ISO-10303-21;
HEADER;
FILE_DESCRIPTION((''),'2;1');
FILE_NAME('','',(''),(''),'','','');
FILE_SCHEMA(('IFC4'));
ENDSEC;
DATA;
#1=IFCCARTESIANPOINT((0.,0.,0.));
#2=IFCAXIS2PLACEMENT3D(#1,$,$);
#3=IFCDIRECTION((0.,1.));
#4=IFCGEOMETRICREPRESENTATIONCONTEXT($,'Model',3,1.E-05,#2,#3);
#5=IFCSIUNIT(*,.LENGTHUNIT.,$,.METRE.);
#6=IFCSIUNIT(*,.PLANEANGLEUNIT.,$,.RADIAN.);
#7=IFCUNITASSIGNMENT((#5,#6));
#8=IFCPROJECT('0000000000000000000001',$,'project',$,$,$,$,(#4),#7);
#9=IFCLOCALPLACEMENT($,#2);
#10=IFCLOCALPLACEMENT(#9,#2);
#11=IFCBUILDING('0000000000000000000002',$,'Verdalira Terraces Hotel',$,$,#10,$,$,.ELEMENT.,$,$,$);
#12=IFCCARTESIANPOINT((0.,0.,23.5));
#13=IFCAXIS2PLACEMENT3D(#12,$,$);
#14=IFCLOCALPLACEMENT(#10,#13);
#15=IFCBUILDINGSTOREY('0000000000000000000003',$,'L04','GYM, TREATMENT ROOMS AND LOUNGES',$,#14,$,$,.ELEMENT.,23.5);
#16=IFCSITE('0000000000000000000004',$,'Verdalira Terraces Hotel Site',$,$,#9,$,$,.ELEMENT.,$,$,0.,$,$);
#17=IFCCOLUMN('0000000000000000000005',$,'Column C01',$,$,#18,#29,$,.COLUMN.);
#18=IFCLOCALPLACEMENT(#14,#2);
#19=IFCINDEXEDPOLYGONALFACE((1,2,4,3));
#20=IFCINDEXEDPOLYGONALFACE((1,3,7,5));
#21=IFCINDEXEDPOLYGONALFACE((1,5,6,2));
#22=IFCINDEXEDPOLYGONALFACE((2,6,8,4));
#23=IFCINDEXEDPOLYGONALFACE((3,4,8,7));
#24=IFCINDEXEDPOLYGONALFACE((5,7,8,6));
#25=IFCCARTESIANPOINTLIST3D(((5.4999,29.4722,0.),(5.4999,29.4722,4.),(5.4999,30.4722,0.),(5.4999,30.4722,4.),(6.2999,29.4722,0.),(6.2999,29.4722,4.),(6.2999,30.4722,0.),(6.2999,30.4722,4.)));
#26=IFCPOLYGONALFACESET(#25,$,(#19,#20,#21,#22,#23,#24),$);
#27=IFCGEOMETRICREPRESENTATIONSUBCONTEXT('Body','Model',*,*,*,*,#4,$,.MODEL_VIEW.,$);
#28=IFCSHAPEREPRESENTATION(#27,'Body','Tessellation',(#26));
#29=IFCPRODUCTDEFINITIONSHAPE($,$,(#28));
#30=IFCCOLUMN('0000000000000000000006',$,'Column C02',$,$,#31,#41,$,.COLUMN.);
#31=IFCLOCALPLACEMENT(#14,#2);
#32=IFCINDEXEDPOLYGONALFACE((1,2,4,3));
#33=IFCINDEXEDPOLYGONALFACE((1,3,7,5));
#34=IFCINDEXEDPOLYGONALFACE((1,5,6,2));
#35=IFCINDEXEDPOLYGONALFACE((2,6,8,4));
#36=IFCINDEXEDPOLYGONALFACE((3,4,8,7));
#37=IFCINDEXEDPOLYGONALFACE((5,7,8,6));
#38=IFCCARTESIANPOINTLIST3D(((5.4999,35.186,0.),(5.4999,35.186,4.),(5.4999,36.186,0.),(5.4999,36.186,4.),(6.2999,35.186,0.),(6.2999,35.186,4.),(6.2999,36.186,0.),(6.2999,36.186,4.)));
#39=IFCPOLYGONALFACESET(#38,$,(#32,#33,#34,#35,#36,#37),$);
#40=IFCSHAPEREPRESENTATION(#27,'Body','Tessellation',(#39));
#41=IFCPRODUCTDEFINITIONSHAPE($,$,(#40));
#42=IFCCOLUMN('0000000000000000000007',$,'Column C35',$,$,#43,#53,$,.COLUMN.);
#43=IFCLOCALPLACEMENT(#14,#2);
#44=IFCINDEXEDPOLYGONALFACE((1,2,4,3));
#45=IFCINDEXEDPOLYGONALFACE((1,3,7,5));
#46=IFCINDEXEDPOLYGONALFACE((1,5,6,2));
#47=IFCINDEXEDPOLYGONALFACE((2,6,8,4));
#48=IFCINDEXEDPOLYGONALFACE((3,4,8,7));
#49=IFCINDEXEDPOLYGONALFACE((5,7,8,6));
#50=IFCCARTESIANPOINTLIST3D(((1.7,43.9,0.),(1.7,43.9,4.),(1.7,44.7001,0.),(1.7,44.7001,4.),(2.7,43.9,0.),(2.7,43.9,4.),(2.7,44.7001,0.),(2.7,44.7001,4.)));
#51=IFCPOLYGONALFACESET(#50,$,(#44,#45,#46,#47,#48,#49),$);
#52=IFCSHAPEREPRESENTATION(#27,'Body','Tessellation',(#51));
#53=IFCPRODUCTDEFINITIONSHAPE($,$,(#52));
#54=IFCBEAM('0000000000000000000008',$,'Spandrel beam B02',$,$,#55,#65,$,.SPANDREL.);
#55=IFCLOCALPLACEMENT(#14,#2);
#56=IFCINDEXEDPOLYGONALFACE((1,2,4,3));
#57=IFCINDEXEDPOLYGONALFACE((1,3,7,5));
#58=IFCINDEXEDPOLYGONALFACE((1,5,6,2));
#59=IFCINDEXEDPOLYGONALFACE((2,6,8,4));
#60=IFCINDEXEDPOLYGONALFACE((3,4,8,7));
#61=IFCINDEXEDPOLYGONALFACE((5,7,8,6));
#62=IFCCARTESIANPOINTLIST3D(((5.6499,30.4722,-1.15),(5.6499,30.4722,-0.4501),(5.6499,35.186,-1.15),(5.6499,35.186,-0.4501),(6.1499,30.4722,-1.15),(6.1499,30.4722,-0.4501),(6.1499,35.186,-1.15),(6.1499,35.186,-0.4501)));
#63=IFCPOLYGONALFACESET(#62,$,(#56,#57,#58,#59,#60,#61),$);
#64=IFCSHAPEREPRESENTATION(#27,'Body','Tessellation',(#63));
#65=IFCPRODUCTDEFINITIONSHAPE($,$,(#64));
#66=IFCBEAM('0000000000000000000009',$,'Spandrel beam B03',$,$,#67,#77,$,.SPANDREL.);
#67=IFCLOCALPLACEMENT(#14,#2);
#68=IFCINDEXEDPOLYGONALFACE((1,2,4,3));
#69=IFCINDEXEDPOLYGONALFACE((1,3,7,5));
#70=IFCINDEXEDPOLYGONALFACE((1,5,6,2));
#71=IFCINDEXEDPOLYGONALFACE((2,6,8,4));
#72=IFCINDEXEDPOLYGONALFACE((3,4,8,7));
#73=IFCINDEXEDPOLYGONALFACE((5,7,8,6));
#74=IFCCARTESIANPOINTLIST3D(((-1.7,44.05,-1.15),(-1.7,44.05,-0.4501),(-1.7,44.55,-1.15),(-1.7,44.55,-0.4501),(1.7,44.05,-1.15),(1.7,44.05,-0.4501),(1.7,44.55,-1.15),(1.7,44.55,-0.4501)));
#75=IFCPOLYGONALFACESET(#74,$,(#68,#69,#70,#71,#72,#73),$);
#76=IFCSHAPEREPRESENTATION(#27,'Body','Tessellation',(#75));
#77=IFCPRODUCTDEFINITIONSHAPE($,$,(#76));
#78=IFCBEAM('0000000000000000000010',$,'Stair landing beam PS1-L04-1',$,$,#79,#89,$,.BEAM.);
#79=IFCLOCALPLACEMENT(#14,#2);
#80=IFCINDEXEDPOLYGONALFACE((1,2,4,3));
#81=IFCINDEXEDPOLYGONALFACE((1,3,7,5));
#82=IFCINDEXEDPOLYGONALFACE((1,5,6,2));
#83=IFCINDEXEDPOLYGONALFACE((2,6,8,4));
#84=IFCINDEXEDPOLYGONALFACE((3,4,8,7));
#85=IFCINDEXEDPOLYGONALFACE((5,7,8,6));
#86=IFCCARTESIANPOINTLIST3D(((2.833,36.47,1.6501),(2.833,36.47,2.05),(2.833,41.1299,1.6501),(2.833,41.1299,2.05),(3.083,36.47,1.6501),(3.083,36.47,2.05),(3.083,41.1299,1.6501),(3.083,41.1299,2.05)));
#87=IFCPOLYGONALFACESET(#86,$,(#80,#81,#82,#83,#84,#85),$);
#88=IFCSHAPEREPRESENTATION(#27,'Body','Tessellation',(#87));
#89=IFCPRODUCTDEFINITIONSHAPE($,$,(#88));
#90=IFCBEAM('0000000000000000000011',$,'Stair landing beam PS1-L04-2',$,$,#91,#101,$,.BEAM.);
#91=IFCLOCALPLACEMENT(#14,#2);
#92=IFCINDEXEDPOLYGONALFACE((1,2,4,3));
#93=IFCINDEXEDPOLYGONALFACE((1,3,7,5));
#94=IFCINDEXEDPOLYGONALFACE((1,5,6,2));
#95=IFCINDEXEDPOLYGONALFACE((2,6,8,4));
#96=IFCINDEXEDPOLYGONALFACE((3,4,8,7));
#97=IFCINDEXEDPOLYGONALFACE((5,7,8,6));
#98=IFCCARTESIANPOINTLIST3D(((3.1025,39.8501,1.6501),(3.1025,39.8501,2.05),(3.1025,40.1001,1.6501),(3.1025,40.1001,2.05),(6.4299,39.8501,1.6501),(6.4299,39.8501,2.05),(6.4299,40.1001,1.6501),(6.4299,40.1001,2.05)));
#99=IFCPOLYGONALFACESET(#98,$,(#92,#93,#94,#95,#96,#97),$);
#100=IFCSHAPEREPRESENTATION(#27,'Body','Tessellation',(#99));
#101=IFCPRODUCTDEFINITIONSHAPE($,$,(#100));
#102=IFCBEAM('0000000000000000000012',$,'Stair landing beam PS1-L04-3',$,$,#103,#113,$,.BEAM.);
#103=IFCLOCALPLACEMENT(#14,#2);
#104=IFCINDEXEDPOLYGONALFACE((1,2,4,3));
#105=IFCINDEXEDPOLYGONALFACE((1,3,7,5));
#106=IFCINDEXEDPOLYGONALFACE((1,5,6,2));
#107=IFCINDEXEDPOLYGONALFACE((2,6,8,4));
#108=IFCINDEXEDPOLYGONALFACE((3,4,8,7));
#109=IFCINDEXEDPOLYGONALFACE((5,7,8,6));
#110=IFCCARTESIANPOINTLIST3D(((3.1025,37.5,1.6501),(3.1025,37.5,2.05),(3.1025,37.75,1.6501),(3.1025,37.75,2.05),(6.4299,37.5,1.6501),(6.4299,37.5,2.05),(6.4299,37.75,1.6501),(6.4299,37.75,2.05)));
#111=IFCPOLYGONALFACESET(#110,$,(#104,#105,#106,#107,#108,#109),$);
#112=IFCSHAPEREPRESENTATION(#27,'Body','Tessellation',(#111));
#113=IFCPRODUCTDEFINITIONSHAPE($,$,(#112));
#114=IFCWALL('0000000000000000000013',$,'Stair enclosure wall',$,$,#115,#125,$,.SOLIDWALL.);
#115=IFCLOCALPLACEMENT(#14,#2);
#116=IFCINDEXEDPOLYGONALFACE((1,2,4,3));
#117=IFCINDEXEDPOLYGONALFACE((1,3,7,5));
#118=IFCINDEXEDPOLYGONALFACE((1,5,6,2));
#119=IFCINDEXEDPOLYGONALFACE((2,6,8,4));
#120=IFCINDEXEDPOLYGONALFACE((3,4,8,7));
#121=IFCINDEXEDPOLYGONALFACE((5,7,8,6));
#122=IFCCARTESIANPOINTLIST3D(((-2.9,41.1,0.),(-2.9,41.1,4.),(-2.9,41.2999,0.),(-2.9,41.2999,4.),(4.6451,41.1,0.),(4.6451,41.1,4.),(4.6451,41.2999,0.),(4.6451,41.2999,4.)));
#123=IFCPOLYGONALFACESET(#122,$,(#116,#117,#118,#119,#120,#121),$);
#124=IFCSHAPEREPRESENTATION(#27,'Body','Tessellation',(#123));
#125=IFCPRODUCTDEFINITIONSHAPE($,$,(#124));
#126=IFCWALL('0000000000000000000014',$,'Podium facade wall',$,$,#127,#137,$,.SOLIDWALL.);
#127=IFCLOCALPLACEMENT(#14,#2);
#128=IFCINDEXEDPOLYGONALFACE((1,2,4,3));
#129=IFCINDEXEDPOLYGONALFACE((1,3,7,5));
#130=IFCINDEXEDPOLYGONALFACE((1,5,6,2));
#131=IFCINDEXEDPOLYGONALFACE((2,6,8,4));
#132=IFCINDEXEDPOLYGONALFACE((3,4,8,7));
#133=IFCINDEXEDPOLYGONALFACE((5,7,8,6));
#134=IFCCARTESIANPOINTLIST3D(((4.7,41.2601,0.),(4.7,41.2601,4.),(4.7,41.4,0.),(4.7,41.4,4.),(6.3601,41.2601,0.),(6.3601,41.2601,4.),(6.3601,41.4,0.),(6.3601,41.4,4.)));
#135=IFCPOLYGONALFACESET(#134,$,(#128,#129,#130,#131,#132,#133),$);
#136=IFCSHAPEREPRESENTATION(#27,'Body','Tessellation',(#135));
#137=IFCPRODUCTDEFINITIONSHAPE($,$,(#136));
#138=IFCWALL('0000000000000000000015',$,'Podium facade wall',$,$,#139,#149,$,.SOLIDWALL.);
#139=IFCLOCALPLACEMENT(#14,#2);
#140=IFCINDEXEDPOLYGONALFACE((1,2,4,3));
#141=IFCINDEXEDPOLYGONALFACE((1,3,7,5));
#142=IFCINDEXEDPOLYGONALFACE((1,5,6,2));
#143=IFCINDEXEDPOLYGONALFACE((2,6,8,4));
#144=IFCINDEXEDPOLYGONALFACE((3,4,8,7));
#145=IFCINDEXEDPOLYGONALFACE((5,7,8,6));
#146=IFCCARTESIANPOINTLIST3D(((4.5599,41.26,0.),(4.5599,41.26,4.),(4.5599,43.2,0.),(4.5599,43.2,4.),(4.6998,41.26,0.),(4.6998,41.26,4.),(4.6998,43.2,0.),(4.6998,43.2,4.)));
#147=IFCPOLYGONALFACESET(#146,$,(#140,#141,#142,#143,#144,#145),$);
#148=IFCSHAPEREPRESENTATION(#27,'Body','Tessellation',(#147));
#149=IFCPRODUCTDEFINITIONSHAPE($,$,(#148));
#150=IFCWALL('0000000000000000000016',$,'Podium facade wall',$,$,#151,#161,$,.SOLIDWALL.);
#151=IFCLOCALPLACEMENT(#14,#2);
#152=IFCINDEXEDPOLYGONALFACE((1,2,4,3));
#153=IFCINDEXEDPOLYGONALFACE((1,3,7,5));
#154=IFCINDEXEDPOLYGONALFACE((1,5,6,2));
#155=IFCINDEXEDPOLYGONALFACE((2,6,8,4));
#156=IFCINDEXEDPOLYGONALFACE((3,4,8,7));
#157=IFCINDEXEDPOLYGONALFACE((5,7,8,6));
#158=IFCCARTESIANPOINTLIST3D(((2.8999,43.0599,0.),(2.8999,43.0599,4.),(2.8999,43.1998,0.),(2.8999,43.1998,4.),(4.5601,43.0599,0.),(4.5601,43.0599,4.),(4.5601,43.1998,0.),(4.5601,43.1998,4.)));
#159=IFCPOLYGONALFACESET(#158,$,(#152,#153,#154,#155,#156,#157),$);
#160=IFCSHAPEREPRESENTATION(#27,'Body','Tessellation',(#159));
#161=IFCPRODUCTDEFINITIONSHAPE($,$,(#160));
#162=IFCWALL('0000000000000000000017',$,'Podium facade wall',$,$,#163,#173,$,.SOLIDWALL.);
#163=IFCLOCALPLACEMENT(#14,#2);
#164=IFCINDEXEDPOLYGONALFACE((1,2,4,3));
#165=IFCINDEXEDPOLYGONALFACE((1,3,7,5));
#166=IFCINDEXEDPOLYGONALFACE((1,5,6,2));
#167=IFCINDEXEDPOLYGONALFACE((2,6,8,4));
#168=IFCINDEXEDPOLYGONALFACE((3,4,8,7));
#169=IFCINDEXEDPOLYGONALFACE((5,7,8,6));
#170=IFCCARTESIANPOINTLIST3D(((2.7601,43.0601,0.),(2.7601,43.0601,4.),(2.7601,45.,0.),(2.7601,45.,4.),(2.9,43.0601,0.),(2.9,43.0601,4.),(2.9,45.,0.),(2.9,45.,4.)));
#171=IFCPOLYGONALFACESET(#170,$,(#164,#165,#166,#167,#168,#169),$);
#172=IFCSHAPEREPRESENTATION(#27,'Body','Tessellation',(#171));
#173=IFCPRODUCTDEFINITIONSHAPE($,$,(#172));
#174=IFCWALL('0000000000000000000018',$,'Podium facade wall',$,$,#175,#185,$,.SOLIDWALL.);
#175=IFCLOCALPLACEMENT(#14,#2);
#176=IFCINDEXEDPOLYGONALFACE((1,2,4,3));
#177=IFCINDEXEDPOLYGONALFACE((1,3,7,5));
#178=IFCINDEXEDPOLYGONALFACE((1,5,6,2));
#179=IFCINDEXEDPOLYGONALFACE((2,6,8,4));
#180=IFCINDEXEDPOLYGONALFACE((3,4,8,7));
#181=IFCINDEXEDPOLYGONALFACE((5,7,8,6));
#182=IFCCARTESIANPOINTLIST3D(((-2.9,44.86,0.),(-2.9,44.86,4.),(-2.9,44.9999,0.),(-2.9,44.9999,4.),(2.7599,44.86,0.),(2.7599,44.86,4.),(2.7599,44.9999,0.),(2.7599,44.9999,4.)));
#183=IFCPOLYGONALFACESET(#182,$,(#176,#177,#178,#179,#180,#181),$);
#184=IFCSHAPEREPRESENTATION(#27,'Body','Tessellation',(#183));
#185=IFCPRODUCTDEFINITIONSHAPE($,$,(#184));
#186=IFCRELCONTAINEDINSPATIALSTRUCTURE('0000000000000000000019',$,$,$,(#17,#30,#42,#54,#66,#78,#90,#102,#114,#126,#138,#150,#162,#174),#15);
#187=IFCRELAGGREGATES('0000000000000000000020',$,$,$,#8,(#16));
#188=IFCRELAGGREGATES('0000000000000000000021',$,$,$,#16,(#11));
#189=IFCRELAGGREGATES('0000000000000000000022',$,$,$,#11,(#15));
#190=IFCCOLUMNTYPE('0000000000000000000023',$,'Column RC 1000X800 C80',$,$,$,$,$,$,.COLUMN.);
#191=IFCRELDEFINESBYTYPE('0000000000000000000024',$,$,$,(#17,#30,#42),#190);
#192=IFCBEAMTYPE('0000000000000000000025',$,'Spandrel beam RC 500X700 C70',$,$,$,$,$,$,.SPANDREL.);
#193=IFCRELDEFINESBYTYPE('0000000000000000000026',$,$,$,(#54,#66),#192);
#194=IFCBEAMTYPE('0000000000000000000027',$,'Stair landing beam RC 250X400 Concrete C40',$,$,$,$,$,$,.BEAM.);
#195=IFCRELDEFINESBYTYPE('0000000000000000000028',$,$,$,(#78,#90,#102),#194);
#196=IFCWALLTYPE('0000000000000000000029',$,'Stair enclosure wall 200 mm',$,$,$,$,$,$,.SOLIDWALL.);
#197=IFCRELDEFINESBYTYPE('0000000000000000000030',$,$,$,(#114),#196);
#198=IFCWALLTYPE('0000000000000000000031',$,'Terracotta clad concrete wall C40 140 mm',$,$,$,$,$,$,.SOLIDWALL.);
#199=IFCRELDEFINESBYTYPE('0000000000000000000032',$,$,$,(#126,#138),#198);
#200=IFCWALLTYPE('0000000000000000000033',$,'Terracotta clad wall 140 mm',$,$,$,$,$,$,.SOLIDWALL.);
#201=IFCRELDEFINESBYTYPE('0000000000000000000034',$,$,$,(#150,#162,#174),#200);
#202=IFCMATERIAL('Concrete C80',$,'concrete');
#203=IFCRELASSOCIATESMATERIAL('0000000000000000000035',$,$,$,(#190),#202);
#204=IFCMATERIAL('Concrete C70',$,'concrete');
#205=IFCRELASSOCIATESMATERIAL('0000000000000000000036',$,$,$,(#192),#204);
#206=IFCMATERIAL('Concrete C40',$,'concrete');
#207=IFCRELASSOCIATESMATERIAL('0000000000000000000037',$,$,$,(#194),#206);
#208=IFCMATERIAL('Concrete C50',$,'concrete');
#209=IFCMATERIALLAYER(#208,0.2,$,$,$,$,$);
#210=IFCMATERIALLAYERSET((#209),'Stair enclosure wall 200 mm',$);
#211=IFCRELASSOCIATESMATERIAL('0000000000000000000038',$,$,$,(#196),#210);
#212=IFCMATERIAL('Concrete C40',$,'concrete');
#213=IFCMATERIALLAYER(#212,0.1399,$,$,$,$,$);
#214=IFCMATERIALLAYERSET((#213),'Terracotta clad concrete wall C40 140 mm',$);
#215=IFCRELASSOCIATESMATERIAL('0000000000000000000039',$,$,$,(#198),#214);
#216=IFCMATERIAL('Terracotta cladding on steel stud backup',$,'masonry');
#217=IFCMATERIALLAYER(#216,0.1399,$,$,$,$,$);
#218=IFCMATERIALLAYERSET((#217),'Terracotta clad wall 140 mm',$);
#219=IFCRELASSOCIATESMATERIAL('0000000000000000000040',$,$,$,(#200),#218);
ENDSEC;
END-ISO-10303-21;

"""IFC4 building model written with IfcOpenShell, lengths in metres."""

from ifc_helpers import new_model, si_unit, direction, frame, frame_2d, origin, origin_2d, place, context, subcontext, project, spatial, rectangle, extrude, material, layer, layer_set, material_profile, profile_set, type_object, element, save


model = new_model("IFC4")

# Units and contexts
model_context = context("Model", 3, precision=1e-05, world=origin(), true_north=direction((0.0, 1.0)))
body_context = subcontext(model_context, "Body", "Model", "MODEL_VIEW")
ifc_project = project(units=[si_unit("LENGTHUNIT", "METRE"), si_unit("PLANEANGLEUNIT", "RADIAN")], contexts=[model_context])

# Site, building, storey
site_placement = place(None, origin())
site = spatial("IfcSite", under=ifc_project, at=site_placement, Name="Verdalira Terraces Hotel Site", CompositionType="ELEMENT", RefElevation=0.0)
building_placement = place(site_placement, origin())
building = spatial("IfcBuilding", under=site, at=building_placement, Name="Verdalira Terraces Hotel", CompositionType="ELEMENT")
storey_placement = place(building_placement, frame((0.0, 0.0, 23.5)))
storey = spatial("IfcBuildingStorey", under=building, at=storey_placement, Name="L04", Description="GYM, TREATMENT ROOMS AND LOUNGES", CompositionType="ELEMENT", Elevation=23.5)

# Columns
ifc_material_1 = material(Name="Concrete C80", Category="concrete")
ifc_material_profile_1 = material_profile(ifc_material_1, rectangle(XDim=1.0, YDim=0.8, at=origin_2d()), Name="RC 1000X800")
ifc_profile_set_1 = profile_set([ifc_material_profile_1], Name="Concrete C80")
column_type = type_object("IfcColumnType", Name="Column RC 1000X800 C80", PredefinedType="COLUMN", material=ifc_profile_set_1)
for number, where, z_axis, x_axis, name in (
    (1, (5.8999, 29.9722, 0.0), (0.0, 0.0, 1.0), (0.0, 1.0, 0.0), "Column C01"),
    (2, (5.8999, 35.686, 0.0), (0.0, 0.0, 1.0), (0.0, 1.0, 0.0), "Column C02"),
    (3, (2.2, 44.3, 0.0), (0.0, 0.0, 1.0), (-1.0, 0.0, 0.0), "Column C35"),
):
    element("IfcColumn", number, at=place(storey_placement, frame(where, z_axis=z_axis, x_axis=x_axis)), inside=storey, type_object=column_type, Name=name, PredefinedType="COLUMN", context=body_context, shape_type="SweptSolid", body=[
        extrude(rectangle(XDim=1.0, YDim=0.8, at=origin_2d()), origin(), (0.0, 0.0, 1.0), 4.0),
    ])

# Beams
ifc_material_2 = material(Name="Concrete C70", Category="concrete")
ifc_material_profile_2 = material_profile(ifc_material_2, rectangle(XDim=0.5, YDim=0.7, at=origin_2d()), Name="RC 500X700")
ifc_profile_set_2 = profile_set([ifc_material_profile_2], Name="Concrete C70")
beam_type_1 = type_object("IfcBeamType", Name="Spandrel beam RC 500X700 C70", PredefinedType="SPANDREL", material=ifc_profile_set_2)
beam_1_placement = place(storey_placement, frame((5.8999, 30.4722, -0.8), z_axis=(0.0, 1.0, 0.0), x_axis=(-1.0, 0.0, 0.0)))
element("IfcBeam", 4, at=beam_1_placement, inside=storey, type_object=beam_type_1, Name="Spandrel beam B02", PredefinedType="SPANDREL", context=body_context, shape_type="SweptSolid", body=[
    extrude(rectangle(XDim=0.5, YDim=0.7, at=origin_2d()), origin(), (0.0, 0.0, 1.0), 4.7139),
])
beam_2_placement = place(storey_placement, frame((1.7, 44.3, -0.8), z_axis=(-1.0, 0.0, 0.0), x_axis=(0.0, -1.0, 0.0)))
element("IfcBeam", 5, at=beam_2_placement, inside=storey, type_object=beam_type_1, Name="Spandrel beam B03", PredefinedType="SPANDREL", context=body_context, shape_type="SweptSolid", body=[
    extrude(rectangle(XDim=0.5, YDim=0.7, at=origin_2d()), origin(), (0.0, 0.0, 1.0), 3.3999),
])
ifc_material_3 = material(Name="Concrete C40", Category="concrete")
ifc_material_profile_3 = material_profile(ifc_material_3, rectangle(XDim=0.25, YDim=0.3999, at=origin_2d()), Name="RC 250X400")
ifc_profile_set_3 = profile_set([ifc_material_profile_3], Name="Concrete C40")
beam_type_2 = type_object("IfcBeamType", Name="Stair landing beam RC 250X400 Concrete C40", PredefinedType="BEAM", material=ifc_profile_set_3)
beam_3_placement = place(storey_placement, frame((2.958, 36.47, 1.8501), z_axis=(0.0, 1.0, 0.0), x_axis=(-1.0, 0.0, 0.0)))
element("IfcBeam", 6, at=beam_3_placement, inside=storey, type_object=beam_type_2, Name="Stair landing beam PS1-L04-1", PredefinedType="BEAM", context=body_context, shape_type="SweptSolid", body=[
    extrude(rectangle(XDim=0.25, YDim=0.3999, at=origin_2d()), origin(), (0.0, 0.0, 1.0), 4.6599),
])
for number, where, z_axis, x_axis, name in (
    (7, (3.1025, 39.9751, 1.8501), (1.0, 0.0, 0.0), (0.0, 1.0, 0.0), "Stair landing beam PS1-L04-2"),
    (8, (3.1025, 37.625, 1.8501), (1.0, 0.0, 0.0), (0.0, 1.0, 0.0), "Stair landing beam PS1-L04-3"),
):
    element("IfcBeam", number, at=place(storey_placement, frame(where, z_axis=z_axis, x_axis=x_axis)), inside=storey, type_object=beam_type_2, Name=name, PredefinedType="BEAM", context=body_context, shape_type="SweptSolid", body=[
        extrude(rectangle(XDim=0.25, YDim=0.3999, at=origin_2d()), origin(), (0.0, 0.0, 1.0), 3.3274),
    ])

# Walls
ifc_material_4 = material(Name="Concrete C50", Category="concrete")
ifc_layer_1 = layer(ifc_material_4, 0.2)
ifc_layer_set_1 = layer_set([ifc_layer_1], Name="Stair enclosure wall 200 mm")
wall_type_1 = type_object("IfcWallType", Name="Stair enclosure wall 200 mm", PredefinedType="SOLIDWALL", material=ifc_layer_set_1)
wall_1_placement = place(storey_placement, frame((4.645, 41.2, 0.0), z_axis=(0.0, 0.0, 1.0), x_axis=(-1.0, 0.0, 0.0)))
element("IfcWall", 9, at=wall_1_placement, inside=storey, type_object=wall_type_1, Name="Stair enclosure wall", PredefinedType="SOLIDWALL", context=body_context, shape_type="SweptSolid", body=[
    extrude(rectangle(XDim=7.5452, YDim=0.2, at=frame_2d((3.7725, 0.0))), origin(), (0.0, 0.0, 1.0), 4.0),
])
ifc_material_5 = material(Name="Concrete C40", Category="concrete")
ifc_layer_2 = layer(ifc_material_5, 0.1399)
ifc_layer_set_2 = layer_set([ifc_layer_2], Name="Terracotta clad concrete wall C40 140 mm")
wall_type_2 = type_object("IfcWallType", Name="Terracotta clad concrete wall C40 140 mm", PredefinedType="SOLIDWALL", material=ifc_layer_set_2)
wall_2_placement = place(storey_placement, frame((6.3601, 41.3301, 0.0), z_axis=(0.0, 0.0, 1.0), x_axis=(-1.0, 0.0, 0.0)))
element("IfcWall", 10, at=wall_2_placement, inside=storey, type_object=wall_type_2, Name="Podium facade wall", PredefinedType="SOLIDWALL", context=body_context, shape_type="SweptSolid", body=[
    extrude(rectangle(XDim=1.6602, YDim=0.1399, at=frame_2d((0.8301, 0.0))), origin(), (0.0, 0.0, 1.0), 4.0),
])
wall_3_placement = place(storey_placement, frame((4.6299, 41.26, 0.0), z_axis=(0.0, 0.0, 1.0), x_axis=(0.0, 1.0, 0.0)))
element("IfcWall", 11, at=wall_3_placement, inside=storey, type_object=wall_type_2, Name="Podium facade wall", PredefinedType="SOLIDWALL", context=body_context, shape_type="SweptSolid", body=[
    extrude(rectangle(XDim=1.9399, YDim=0.1399, at=frame_2d((0.97, 0.0))), origin(), (0.0, 0.0, 1.0), 4.0),
])
ifc_material_6 = material(Name="Terracotta cladding on steel stud backup", Category="masonry")
ifc_layer_3 = layer(ifc_material_6, 0.1399)
ifc_layer_set_3 = layer_set([ifc_layer_3], Name="Terracotta clad wall 140 mm")
wall_type_3 = type_object("IfcWallType", Name="Terracotta clad wall 140 mm", PredefinedType="SOLIDWALL", material=ifc_layer_set_3)
wall_4_placement = place(storey_placement, frame((4.5601, 43.1299, 0.0), z_axis=(0.0, 0.0, 1.0), x_axis=(-1.0, 0.0, 0.0)))
element("IfcWall", 12, at=wall_4_placement, inside=storey, type_object=wall_type_3, Name="Podium facade wall", PredefinedType="SOLIDWALL", context=body_context, shape_type="SweptSolid", body=[
    extrude(rectangle(XDim=1.6602, YDim=0.1399, at=frame_2d((0.8301, 0.0))), origin(), (0.0, 0.0, 1.0), 4.0),
])
wall_5_placement = place(storey_placement, frame((2.8301, 43.0601, 0.0), z_axis=(0.0, 0.0, 1.0), x_axis=(0.0, 1.0, 0.0)))
element("IfcWall", 13, at=wall_5_placement, inside=storey, type_object=wall_type_3, Name="Podium facade wall", PredefinedType="SOLIDWALL", context=body_context, shape_type="SweptSolid", body=[
    extrude(rectangle(XDim=1.9399, YDim=0.1399, at=frame_2d((0.97, 0.0))), origin(), (0.0, 0.0, 1.0), 4.0),
])
wall_6_placement = place(storey_placement, frame((2.76, 44.9299, 0.0), z_axis=(0.0, 0.0, 1.0), x_axis=(-1.0, 0.0, 0.0)))
element("IfcWall", 14, at=wall_6_placement, inside=storey, type_object=wall_type_3, Name="Podium facade wall", PredefinedType="SOLIDWALL", context=body_context, shape_type="SweptSolid", body=[
    extrude(rectangle(XDim=5.6599, YDim=0.1399, at=frame_2d((2.8301, 0.0))), origin(), (0.0, 0.0, 1.0), 4.0),
])

save(model, "model.ifc")
